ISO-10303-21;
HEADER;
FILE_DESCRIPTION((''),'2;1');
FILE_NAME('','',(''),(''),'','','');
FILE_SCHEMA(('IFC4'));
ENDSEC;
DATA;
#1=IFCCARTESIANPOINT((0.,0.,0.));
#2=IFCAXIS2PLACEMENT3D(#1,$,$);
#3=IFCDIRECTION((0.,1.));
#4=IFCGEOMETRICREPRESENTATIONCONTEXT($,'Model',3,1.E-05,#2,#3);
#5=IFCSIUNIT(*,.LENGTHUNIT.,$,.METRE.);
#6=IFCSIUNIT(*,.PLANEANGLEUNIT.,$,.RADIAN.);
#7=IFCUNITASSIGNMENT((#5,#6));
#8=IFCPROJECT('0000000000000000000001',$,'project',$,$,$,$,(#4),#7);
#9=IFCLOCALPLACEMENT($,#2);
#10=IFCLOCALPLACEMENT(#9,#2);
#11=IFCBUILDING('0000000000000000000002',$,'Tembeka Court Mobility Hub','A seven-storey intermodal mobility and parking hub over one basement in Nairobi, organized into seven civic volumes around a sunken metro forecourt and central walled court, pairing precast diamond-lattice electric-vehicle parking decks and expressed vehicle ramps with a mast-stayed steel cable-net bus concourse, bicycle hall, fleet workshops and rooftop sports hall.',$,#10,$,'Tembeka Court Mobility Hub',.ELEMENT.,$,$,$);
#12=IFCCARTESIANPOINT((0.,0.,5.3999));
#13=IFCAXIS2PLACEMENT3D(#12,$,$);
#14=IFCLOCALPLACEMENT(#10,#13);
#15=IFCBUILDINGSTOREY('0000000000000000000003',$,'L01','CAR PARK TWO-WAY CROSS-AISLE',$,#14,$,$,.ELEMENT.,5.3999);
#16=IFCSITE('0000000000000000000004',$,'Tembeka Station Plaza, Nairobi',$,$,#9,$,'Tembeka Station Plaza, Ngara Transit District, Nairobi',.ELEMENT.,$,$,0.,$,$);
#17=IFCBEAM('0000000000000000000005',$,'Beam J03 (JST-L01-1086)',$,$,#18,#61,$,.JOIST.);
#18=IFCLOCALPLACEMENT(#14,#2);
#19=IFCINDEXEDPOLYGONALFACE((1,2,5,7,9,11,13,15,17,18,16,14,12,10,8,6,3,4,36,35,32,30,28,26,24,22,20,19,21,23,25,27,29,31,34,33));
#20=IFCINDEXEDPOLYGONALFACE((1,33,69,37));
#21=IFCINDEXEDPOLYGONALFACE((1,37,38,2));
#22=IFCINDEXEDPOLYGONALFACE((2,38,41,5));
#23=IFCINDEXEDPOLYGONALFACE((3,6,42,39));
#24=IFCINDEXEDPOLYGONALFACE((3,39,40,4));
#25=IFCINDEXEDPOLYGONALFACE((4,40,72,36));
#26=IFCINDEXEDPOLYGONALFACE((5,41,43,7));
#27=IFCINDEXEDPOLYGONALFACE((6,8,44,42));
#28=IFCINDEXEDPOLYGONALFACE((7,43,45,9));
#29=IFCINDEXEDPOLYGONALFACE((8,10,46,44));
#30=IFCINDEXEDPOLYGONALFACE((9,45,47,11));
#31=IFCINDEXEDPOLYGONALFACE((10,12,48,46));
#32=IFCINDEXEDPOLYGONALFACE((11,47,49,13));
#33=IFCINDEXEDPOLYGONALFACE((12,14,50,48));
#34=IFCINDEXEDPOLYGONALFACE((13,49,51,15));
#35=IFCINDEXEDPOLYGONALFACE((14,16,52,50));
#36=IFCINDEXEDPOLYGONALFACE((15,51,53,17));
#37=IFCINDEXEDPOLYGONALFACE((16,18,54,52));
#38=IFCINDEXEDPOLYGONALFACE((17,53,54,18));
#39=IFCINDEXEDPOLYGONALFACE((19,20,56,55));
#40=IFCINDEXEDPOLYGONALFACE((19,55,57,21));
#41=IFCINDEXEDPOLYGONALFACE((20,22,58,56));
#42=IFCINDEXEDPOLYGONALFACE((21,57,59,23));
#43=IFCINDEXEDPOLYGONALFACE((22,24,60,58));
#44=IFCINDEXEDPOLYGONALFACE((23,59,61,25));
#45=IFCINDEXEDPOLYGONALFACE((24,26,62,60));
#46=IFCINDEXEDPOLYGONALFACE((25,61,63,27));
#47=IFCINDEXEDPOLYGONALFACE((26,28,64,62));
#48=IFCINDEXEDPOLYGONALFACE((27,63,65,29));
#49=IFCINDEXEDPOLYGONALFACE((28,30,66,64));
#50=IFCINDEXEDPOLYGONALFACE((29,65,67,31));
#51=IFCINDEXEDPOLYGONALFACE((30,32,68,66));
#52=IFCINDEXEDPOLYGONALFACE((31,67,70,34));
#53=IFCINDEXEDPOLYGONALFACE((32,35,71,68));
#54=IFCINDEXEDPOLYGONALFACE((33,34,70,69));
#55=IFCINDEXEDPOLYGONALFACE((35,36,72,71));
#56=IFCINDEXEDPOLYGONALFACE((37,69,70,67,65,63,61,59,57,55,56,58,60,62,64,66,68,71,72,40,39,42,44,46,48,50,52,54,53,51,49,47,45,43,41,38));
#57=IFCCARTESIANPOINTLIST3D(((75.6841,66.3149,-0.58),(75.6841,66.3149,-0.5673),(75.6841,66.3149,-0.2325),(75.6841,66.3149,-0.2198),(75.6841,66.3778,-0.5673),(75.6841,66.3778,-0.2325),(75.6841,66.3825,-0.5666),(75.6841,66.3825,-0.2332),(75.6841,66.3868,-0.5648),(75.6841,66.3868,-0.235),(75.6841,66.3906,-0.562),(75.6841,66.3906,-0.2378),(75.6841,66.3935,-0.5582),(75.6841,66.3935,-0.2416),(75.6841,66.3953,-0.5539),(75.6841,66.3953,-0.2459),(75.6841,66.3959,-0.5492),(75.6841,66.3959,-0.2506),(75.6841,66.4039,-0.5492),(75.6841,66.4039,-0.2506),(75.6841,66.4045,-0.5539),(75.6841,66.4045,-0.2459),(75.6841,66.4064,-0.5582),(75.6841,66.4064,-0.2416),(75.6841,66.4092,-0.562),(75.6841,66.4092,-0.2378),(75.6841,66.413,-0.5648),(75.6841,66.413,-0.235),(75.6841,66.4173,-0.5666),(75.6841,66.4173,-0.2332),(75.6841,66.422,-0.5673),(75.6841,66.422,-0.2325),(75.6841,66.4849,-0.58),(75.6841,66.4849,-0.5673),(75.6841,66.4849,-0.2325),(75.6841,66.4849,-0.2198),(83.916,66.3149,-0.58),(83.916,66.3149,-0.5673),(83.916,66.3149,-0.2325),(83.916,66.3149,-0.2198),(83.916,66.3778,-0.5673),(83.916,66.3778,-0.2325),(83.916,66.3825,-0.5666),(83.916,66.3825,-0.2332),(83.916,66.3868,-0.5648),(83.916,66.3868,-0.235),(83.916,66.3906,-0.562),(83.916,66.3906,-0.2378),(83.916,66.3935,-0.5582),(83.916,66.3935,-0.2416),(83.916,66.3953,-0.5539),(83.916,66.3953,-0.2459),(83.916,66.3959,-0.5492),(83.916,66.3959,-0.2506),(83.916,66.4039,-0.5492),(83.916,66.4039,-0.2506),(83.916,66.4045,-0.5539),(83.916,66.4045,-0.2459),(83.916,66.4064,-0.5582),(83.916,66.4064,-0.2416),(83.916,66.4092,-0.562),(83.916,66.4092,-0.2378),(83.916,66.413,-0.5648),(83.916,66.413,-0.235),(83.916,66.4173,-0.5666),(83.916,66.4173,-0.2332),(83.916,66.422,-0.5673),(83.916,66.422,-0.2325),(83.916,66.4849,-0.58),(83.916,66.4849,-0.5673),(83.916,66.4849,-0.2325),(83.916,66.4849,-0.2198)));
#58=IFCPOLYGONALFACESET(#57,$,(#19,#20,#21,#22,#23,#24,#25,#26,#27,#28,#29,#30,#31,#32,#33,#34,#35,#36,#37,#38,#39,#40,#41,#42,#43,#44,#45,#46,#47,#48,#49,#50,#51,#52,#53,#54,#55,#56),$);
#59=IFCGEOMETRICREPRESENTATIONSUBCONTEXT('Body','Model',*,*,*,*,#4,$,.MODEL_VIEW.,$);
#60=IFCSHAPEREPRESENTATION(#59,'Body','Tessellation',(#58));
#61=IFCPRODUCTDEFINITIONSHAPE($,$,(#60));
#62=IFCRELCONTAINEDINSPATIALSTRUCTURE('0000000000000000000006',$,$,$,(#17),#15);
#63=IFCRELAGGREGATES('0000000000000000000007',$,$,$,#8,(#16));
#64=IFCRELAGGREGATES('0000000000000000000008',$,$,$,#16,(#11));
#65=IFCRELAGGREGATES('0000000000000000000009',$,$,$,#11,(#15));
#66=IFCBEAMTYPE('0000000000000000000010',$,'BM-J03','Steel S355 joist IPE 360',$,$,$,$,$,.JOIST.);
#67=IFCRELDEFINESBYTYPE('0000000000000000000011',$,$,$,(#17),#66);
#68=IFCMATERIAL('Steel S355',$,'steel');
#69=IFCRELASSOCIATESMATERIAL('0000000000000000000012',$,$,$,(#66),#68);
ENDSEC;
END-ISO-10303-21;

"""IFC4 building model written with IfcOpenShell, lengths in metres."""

from ifc_helpers import new_model, si_unit, direction, frame, origin, origin_2d, place, context, subcontext, project, spatial, i_section, extrude, material, material_profile, profile_set, type_object, element, save


model = new_model("IFC4")

# Units and contexts
model_context = context("Model", 3, precision=1e-05, world=origin(), true_north=direction((0.0, 1.0)))
body_context = subcontext(model_context, "Body", "Model", "MODEL_VIEW")
ifc_project = project(units=[si_unit("LENGTHUNIT", "METRE"), si_unit("PLANEANGLEUNIT", "RADIAN")], contexts=[model_context])

# Site, building, storey
site_placement = place(None, origin())
site = spatial("IfcSite", under=ifc_project, at=site_placement, Name="Tembeka Station Plaza, Nairobi", LongName="Tembeka Station Plaza, Ngara Transit District, Nairobi", CompositionType="ELEMENT", RefElevation=0.0)
building_placement = place(site_placement, origin())
building = spatial("IfcBuilding", under=site, at=building_placement, Name="Tembeka Court Mobility Hub", Description="A seven-storey intermodal mobility and parking hub over one basement in Nairobi, organized into seven civic volumes around a sunken metro forecourt and central walled court, pairing precast diamond-lattice electric-vehicle parking decks and expressed vehicle ramps with a mast-stayed steel cable-net bus concourse, bicycle hall, fleet workshops and rooftop sports hall.", LongName="Tembeka Court Mobility Hub", CompositionType="ELEMENT")
storey_placement = place(building_placement, frame((0.0, 0.0, 5.3999)))
storey = spatial("IfcBuildingStorey", under=building, at=storey_placement, Name="L01", Description="CAR PARK TWO-WAY CROSS-AISLE", CompositionType="ELEMENT", Elevation=5.3999)

# Shared definitions
ifc_material = material(Name="Steel S355", Category="steel")

# Beam
ifc_material_profile_1 = material_profile(ifc_material, i_section(OverallWidth=0.1699, OverallDepth=0.3601, WebThickness=0.0081, FlangeThickness=0.0127, FilletRadius=0.0181, at=origin_2d()), Name="IPE 360")
ifc_profile_set_1 = profile_set([ifc_material_profile_1], Name="Steel S355")
beam_type_1 = type_object("IfcBeamType", Name="BM-J03", Description="Steel S355 joist IPE 360", PredefinedType="JOIST", material=ifc_profile_set_1)
for number, where, z_axis, x_axis, name in (
    (1, (75.6841, 66.3999, -0.3999), (1.0, 0.0, 0.0), (0.0, 1.0, 0.0), "Beam J03 (JST-L01-1086)"),
):
    element("IfcBeam", number, at=place(storey_placement, frame(where, z_axis=z_axis, x_axis=x_axis)), inside=storey, type_object=beam_type_1, Name=name, PredefinedType="JOIST", context=body_context, shape_type="SweptSolid", body=[
        extrude(i_section(OverallWidth=0.1699, OverallDepth=0.3601, WebThickness=0.0081, FlangeThickness=0.0127, FilletRadius=0.0181, at=origin_2d()), origin(), (0.0, 0.0, 1.0), 8.2319),
    ])

save(model, "model.ifc")
